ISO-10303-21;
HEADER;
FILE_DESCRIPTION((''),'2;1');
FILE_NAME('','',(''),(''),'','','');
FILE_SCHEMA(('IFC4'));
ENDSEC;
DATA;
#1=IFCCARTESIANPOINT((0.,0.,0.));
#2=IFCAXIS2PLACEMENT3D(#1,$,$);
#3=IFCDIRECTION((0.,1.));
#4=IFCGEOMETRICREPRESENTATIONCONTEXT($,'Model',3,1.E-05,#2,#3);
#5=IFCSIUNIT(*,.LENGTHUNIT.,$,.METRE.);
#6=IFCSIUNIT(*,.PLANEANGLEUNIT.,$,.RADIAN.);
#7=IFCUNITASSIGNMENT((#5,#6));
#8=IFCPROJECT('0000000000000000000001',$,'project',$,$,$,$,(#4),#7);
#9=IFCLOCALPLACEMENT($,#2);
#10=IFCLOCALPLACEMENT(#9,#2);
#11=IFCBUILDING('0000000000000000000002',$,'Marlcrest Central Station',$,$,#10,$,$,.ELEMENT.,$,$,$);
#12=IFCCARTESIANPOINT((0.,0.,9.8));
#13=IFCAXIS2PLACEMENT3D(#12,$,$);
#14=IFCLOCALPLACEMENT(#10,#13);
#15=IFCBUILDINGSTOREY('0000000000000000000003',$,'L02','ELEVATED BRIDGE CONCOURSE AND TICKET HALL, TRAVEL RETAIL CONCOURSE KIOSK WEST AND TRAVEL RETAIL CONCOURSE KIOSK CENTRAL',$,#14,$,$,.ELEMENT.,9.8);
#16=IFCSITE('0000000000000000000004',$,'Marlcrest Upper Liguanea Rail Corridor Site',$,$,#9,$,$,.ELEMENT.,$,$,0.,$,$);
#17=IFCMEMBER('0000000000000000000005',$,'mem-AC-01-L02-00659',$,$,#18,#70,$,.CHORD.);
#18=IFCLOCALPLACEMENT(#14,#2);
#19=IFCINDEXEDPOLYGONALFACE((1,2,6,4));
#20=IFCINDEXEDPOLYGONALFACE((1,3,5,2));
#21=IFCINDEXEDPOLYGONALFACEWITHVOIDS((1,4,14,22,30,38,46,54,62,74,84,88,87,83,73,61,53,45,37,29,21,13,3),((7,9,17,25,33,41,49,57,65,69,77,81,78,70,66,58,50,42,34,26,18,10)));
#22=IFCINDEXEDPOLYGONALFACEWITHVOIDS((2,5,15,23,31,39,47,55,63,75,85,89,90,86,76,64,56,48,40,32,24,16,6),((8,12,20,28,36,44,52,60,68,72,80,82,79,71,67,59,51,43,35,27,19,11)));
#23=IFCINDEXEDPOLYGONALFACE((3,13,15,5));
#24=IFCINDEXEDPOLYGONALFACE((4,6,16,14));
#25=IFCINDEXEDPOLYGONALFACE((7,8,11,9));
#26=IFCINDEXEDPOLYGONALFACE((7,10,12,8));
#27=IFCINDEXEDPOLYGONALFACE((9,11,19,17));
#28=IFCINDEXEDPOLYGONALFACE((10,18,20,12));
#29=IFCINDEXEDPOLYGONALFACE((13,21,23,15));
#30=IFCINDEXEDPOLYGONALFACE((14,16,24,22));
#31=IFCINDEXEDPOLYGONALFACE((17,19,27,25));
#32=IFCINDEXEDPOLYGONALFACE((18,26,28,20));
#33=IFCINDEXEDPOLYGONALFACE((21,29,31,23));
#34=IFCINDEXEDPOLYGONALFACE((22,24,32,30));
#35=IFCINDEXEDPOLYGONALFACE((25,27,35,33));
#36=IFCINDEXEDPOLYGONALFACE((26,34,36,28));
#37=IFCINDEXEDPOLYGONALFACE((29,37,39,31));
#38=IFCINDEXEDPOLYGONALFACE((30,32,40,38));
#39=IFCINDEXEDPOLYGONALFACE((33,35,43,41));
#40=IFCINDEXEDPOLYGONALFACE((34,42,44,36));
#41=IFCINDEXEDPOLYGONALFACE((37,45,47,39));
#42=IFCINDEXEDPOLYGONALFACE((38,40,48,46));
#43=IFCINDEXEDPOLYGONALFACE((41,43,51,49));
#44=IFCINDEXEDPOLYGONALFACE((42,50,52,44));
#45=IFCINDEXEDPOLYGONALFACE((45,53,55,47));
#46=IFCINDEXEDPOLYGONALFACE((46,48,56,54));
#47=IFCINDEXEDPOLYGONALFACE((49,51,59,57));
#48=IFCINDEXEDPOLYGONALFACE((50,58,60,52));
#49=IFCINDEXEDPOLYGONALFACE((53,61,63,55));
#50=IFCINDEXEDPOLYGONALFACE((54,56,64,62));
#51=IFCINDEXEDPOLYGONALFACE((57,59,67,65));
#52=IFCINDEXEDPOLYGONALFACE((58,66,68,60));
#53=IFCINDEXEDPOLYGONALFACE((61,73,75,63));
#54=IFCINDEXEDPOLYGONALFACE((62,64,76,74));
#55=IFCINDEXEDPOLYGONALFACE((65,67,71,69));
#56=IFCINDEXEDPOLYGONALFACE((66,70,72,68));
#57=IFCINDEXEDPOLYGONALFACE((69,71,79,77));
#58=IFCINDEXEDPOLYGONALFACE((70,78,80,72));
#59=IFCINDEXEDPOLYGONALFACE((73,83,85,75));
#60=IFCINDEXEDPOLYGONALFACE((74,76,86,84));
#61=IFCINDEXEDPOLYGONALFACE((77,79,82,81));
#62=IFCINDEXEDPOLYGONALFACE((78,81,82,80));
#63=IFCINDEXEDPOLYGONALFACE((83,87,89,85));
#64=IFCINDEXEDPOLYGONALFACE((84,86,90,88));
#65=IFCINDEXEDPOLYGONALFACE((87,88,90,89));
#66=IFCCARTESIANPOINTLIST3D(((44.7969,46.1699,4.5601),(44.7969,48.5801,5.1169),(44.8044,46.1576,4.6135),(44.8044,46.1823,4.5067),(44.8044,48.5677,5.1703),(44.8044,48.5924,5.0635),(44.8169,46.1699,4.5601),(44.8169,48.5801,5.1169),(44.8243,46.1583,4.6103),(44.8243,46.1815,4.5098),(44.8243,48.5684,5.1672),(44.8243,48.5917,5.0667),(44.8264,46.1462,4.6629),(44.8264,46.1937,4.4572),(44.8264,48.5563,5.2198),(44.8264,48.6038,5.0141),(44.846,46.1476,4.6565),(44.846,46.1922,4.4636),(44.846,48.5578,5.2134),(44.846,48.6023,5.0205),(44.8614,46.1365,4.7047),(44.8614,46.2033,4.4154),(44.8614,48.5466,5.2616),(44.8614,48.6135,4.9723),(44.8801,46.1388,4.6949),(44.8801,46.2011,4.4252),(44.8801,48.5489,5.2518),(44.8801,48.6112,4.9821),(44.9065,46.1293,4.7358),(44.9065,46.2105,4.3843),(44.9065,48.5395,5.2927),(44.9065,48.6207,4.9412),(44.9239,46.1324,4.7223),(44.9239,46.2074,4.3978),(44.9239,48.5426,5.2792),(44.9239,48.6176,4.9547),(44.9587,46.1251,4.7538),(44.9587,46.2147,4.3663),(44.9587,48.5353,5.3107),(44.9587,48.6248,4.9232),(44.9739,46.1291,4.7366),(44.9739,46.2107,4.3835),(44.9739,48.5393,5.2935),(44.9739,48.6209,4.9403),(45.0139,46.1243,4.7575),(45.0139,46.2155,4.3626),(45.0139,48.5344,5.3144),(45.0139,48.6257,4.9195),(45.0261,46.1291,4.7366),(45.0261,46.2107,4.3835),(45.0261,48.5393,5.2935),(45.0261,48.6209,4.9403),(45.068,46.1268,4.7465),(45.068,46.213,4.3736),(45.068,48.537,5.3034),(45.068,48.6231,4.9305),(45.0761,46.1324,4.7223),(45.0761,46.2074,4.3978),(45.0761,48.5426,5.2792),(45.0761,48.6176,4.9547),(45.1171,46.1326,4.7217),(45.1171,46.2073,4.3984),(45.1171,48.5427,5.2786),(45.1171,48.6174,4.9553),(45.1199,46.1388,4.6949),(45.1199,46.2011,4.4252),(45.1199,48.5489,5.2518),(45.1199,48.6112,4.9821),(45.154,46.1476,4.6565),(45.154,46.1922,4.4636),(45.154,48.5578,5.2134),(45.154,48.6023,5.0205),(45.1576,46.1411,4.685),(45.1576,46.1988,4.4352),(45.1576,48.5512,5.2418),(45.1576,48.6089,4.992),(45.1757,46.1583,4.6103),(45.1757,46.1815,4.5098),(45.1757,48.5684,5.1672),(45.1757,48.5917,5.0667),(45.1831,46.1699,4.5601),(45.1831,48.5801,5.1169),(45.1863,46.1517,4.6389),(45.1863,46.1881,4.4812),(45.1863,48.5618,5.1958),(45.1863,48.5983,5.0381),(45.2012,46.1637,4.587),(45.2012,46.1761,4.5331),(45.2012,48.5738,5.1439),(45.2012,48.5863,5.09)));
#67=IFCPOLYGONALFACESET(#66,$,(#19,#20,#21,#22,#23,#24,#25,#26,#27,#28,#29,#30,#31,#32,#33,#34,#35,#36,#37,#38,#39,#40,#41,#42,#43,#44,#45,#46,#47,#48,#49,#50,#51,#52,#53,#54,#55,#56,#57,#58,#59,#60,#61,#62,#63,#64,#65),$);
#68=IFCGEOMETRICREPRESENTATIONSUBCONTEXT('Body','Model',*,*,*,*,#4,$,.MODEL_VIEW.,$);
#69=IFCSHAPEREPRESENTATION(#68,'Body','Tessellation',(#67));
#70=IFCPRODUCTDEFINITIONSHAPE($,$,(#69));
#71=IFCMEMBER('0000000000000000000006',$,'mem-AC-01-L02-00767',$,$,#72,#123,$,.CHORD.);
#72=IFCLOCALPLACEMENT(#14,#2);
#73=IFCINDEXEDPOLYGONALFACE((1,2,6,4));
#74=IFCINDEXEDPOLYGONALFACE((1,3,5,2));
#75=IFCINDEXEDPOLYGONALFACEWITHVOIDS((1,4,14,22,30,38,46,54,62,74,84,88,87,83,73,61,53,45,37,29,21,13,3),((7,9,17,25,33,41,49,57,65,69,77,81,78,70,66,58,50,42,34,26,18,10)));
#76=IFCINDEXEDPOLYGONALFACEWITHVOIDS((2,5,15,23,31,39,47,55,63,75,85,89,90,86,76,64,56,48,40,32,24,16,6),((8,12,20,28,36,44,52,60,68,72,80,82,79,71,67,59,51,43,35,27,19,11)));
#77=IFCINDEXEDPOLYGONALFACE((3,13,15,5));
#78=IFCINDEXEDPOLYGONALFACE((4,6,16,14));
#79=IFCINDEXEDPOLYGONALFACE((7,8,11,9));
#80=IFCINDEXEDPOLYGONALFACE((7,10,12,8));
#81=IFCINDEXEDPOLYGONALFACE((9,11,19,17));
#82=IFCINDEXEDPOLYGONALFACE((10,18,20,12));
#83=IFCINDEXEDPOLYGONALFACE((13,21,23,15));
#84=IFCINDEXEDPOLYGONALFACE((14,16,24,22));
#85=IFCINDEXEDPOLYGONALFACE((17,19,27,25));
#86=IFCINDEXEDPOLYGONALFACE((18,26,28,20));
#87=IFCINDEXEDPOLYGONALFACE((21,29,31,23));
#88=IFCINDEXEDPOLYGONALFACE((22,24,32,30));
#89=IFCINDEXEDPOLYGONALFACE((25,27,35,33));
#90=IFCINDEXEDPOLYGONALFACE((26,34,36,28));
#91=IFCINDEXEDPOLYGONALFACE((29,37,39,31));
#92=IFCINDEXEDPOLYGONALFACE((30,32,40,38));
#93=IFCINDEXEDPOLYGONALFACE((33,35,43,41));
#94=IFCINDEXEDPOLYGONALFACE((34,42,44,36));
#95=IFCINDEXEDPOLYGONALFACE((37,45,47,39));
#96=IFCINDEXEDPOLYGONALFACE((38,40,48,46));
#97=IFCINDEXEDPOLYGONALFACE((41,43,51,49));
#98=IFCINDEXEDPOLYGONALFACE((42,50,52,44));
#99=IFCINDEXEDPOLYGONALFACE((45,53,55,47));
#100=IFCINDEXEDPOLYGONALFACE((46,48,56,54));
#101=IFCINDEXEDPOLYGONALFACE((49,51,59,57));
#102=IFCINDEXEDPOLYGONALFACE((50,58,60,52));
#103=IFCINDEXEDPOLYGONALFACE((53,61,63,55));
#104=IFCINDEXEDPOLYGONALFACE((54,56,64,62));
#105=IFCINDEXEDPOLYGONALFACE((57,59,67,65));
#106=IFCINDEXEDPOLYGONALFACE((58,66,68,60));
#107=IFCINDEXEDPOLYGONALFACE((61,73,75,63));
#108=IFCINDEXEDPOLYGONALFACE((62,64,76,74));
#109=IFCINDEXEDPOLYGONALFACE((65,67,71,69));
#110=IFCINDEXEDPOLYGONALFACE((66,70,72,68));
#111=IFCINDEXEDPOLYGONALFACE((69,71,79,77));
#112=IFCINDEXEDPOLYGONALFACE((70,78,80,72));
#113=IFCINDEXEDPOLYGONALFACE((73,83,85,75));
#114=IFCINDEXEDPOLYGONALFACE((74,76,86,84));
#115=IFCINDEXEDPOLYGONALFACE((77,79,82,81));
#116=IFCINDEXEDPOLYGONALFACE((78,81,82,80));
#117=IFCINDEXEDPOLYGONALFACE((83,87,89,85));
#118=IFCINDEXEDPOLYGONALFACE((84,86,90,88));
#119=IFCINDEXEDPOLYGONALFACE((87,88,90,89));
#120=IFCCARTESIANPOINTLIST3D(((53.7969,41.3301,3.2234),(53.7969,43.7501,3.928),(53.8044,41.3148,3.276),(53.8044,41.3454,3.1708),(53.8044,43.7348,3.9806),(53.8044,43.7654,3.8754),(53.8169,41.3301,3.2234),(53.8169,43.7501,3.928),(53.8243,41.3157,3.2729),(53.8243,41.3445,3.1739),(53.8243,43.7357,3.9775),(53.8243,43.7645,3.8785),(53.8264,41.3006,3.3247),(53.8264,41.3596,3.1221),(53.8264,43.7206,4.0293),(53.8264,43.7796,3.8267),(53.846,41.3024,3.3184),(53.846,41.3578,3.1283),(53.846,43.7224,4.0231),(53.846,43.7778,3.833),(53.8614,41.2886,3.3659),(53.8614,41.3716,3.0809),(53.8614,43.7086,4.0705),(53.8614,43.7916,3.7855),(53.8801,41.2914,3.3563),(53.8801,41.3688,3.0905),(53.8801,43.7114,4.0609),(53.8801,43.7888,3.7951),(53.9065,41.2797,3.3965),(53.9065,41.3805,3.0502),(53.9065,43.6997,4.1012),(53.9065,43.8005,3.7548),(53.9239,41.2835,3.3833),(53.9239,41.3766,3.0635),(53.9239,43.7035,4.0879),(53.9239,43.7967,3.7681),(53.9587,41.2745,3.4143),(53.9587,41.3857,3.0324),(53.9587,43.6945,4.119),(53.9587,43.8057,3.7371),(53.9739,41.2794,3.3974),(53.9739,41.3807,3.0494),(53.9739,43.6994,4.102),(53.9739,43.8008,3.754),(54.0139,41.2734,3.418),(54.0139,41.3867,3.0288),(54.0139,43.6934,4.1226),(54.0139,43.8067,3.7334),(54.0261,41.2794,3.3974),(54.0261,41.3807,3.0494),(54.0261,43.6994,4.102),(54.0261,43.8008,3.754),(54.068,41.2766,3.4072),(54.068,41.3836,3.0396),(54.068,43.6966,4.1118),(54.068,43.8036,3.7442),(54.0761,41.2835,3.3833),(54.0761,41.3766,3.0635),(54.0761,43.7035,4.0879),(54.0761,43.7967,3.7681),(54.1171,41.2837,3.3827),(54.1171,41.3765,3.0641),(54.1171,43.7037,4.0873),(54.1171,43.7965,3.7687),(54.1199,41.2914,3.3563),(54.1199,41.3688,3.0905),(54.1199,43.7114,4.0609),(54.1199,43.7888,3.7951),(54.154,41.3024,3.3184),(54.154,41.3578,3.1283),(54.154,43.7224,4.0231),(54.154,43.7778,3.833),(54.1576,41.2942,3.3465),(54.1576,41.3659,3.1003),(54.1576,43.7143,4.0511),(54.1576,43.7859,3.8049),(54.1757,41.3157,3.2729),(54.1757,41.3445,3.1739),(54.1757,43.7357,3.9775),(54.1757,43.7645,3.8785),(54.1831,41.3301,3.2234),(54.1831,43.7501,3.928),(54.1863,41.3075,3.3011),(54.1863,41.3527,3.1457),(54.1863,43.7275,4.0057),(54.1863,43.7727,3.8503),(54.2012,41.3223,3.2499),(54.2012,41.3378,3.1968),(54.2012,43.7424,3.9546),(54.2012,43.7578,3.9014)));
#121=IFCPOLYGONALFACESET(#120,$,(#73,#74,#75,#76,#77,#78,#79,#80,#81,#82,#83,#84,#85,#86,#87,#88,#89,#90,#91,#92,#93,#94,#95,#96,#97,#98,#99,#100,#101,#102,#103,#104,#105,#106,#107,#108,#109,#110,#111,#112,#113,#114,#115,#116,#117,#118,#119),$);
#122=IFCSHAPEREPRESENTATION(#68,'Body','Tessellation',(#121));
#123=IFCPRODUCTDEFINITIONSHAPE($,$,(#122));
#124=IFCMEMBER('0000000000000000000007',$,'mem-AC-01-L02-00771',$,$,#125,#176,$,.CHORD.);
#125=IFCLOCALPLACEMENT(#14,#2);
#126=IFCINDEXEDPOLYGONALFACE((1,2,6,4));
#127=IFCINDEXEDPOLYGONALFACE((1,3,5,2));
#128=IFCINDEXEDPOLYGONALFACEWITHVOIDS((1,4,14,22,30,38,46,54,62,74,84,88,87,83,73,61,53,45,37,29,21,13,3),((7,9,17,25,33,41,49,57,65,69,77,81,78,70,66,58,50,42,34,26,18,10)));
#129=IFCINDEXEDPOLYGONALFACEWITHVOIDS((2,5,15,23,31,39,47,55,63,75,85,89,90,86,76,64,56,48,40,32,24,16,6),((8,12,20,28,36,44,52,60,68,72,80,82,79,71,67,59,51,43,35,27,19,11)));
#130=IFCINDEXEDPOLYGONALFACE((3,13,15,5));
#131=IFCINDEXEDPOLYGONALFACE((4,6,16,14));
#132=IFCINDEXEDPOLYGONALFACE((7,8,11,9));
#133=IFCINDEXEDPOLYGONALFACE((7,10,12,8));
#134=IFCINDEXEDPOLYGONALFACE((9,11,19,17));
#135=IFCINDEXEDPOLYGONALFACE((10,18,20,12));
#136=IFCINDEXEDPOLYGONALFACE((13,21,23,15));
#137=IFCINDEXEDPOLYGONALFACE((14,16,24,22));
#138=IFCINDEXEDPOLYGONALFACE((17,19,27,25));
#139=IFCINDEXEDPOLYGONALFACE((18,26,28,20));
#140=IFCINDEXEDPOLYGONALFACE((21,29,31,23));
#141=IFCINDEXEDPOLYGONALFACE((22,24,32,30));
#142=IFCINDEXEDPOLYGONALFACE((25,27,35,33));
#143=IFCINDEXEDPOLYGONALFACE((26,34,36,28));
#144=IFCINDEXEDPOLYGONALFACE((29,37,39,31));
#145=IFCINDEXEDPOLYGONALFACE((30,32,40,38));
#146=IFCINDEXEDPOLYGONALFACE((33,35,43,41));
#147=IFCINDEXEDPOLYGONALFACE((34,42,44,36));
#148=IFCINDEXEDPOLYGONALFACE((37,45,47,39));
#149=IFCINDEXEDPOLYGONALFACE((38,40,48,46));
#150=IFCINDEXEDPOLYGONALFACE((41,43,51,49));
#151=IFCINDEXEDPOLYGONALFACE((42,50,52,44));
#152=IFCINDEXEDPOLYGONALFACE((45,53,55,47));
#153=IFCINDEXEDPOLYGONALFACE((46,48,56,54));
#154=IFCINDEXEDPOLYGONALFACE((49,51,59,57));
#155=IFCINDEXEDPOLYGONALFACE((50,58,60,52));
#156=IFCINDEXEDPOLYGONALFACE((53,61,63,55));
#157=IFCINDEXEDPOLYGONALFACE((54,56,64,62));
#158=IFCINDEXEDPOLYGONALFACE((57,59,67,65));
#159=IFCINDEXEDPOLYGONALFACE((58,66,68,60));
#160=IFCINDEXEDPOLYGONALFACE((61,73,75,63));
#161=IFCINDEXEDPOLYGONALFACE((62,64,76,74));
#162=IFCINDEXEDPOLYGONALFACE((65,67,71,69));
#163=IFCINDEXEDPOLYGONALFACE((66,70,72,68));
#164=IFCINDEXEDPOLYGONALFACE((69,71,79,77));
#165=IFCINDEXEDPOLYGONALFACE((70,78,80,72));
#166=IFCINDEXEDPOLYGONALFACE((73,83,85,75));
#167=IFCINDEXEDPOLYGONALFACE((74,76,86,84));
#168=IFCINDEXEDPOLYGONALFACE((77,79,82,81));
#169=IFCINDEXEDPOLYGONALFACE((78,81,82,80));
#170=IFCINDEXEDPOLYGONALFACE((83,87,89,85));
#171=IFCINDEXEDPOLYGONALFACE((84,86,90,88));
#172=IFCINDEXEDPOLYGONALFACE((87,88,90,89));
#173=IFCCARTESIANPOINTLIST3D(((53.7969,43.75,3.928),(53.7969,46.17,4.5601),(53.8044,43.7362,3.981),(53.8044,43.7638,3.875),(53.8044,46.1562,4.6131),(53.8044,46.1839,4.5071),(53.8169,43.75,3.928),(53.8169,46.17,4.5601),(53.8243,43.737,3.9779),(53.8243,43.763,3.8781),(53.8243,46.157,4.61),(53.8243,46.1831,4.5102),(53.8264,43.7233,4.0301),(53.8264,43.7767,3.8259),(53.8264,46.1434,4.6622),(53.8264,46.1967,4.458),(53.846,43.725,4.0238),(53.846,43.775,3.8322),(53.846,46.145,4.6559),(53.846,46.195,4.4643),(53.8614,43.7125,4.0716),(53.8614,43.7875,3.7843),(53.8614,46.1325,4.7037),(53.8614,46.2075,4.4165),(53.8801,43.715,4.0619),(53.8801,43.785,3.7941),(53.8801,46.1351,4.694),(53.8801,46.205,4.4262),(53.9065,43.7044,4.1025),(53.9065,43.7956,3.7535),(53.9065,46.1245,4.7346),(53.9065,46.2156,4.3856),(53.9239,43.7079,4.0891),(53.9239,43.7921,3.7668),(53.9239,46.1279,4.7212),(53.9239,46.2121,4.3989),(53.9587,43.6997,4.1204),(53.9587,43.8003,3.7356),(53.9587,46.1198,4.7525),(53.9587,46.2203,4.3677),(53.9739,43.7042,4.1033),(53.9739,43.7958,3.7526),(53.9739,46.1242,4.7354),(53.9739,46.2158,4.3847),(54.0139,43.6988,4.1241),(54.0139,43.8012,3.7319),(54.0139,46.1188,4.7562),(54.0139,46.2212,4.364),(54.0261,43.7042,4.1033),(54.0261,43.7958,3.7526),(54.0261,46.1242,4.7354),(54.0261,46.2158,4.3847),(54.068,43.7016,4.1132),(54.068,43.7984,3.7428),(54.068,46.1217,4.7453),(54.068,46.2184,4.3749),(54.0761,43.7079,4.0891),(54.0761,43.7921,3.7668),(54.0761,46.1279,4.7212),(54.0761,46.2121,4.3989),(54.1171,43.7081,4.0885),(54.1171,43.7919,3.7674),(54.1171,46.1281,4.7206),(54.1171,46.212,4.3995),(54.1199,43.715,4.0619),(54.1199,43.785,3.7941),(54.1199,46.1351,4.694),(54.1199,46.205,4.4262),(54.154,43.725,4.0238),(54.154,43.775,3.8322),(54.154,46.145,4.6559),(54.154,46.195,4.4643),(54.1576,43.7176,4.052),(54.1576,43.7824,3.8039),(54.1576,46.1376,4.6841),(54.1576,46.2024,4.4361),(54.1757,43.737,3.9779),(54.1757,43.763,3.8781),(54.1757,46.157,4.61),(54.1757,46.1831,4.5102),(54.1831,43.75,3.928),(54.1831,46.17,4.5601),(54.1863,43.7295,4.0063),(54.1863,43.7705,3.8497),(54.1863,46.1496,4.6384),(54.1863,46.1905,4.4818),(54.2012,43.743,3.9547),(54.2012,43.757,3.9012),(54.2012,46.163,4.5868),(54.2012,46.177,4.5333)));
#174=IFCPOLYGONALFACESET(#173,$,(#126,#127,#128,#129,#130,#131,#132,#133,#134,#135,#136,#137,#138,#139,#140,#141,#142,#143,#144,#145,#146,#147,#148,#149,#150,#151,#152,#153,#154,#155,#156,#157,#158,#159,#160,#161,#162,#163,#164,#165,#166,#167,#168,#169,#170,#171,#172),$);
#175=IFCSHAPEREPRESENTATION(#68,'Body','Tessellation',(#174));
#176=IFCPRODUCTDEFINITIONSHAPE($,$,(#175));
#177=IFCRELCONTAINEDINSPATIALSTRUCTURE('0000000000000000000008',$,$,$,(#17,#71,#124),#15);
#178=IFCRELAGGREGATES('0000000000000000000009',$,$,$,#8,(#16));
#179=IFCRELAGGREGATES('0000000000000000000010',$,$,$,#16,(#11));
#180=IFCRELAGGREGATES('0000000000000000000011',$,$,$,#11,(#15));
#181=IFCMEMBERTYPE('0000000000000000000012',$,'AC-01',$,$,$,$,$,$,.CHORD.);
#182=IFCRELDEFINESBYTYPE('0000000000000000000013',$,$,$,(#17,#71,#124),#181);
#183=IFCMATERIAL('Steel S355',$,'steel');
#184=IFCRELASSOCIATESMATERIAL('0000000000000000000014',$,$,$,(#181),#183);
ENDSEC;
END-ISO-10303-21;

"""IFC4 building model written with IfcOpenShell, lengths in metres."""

from ifc_helpers import new_model, si_unit, direction, frame, origin, origin_2d, place, context, subcontext, project, spatial, hollow_circle, extrude, material, material_profile, profile_set, type_object, element, save


model = new_model("IFC4")

# Units and contexts
model_context = context("Model", 3, precision=1e-05, world=origin(), true_north=direction((0.0, 1.0)))
body_context = subcontext(model_context, "Body", "Model", "MODEL_VIEW")
ifc_project = project(units=[si_unit("LENGTHUNIT", "METRE"), si_unit("PLANEANGLEUNIT", "RADIAN")], contexts=[model_context])

# Site, building, storey
site_placement = place(None, origin())
site = spatial("IfcSite", under=ifc_project, at=site_placement, Name="Marlcrest Upper Liguanea Rail Corridor Site", CompositionType="ELEMENT", RefElevation=0.0)
building_placement = place(site_placement, origin())
building = spatial("IfcBuilding", under=site, at=building_placement, Name="Marlcrest Central Station", CompositionType="ELEMENT")
storey_placement = place(building_placement, frame((0.0, 0.0, 9.8)))
storey = spatial("IfcBuildingStorey", under=building, at=storey_placement, Name="L02", Description="ELEVATED BRIDGE CONCOURSE AND TICKET HALL, TRAVEL RETAIL CONCOURSE KIOSK WEST AND TRAVEL RETAIL CONCOURSE KIOSK CENTRAL", CompositionType="ELEMENT", Elevation=9.8)

# Members
ifc_material_1 = material(Name="Steel S355", Category="steel")
ifc_material_profile_1 = material_profile(ifc_material_1, hollow_circle(Radius=0.2031, WallThickness=0.02, at=origin_2d()), Name="CHS 406.4x20")
ifc_profile_set_1 = profile_set([ifc_material_profile_1], Name="Steel S355")
member_type_1 = type_object("IfcMemberType", Name="AC-01", PredefinedType="CHORD", material=ifc_profile_set_1)
member_1_placement = place(storey_placement, frame((45.0, 46.1699, 4.5601), z_axis=(0.0, 0.97433, 0.225126), x_axis=(-1.0, 0.0, 0.0)))
element("IfcMember", 1, at=member_1_placement, inside=storey, type_object=member_type_1, Name="mem-AC-01-L02-00659", PredefinedType="CHORD", context=body_context, shape_type="SweptSolid", body=[
    extrude(hollow_circle(Radius=0.2031, WallThickness=0.02, at=origin_2d()), origin(), (0.0, 0.0, 1.0), 2.4736),
])
member_2_placement = place(storey_placement, frame((54.0, 41.3301, 3.2234), z_axis=(0.0, 0.96013, 0.279554), x_axis=(-1.0, 0.0, 0.0)))
element("IfcMember", 2, at=member_2_placement, inside=storey, type_object=member_type_1, Name="mem-AC-01-L02-00767", PredefinedType="CHORD", context=body_context, shape_type="SweptSolid", body=[
    extrude(hollow_circle(Radius=0.2031, WallThickness=0.02, at=origin_2d()), origin(), (0.0, 0.0, 1.0), 2.5205),
])
member_3_placement = place(storey_placement, frame((54.0, 43.75, 3.928), z_axis=(0.0, 0.967539, 0.25272), x_axis=(-1.0, 0.0, 0.0)))
element("IfcMember", 3, at=member_3_placement, inside=storey, type_object=member_type_1, Name="mem-AC-01-L02-00771", PredefinedType="CHORD", context=body_context, shape_type="SweptSolid", body=[
    extrude(hollow_circle(Radius=0.2031, WallThickness=0.02, at=origin_2d()), origin(), (0.0, 0.0, 1.0), 2.5012),
])

save(model, "model.ifc")
